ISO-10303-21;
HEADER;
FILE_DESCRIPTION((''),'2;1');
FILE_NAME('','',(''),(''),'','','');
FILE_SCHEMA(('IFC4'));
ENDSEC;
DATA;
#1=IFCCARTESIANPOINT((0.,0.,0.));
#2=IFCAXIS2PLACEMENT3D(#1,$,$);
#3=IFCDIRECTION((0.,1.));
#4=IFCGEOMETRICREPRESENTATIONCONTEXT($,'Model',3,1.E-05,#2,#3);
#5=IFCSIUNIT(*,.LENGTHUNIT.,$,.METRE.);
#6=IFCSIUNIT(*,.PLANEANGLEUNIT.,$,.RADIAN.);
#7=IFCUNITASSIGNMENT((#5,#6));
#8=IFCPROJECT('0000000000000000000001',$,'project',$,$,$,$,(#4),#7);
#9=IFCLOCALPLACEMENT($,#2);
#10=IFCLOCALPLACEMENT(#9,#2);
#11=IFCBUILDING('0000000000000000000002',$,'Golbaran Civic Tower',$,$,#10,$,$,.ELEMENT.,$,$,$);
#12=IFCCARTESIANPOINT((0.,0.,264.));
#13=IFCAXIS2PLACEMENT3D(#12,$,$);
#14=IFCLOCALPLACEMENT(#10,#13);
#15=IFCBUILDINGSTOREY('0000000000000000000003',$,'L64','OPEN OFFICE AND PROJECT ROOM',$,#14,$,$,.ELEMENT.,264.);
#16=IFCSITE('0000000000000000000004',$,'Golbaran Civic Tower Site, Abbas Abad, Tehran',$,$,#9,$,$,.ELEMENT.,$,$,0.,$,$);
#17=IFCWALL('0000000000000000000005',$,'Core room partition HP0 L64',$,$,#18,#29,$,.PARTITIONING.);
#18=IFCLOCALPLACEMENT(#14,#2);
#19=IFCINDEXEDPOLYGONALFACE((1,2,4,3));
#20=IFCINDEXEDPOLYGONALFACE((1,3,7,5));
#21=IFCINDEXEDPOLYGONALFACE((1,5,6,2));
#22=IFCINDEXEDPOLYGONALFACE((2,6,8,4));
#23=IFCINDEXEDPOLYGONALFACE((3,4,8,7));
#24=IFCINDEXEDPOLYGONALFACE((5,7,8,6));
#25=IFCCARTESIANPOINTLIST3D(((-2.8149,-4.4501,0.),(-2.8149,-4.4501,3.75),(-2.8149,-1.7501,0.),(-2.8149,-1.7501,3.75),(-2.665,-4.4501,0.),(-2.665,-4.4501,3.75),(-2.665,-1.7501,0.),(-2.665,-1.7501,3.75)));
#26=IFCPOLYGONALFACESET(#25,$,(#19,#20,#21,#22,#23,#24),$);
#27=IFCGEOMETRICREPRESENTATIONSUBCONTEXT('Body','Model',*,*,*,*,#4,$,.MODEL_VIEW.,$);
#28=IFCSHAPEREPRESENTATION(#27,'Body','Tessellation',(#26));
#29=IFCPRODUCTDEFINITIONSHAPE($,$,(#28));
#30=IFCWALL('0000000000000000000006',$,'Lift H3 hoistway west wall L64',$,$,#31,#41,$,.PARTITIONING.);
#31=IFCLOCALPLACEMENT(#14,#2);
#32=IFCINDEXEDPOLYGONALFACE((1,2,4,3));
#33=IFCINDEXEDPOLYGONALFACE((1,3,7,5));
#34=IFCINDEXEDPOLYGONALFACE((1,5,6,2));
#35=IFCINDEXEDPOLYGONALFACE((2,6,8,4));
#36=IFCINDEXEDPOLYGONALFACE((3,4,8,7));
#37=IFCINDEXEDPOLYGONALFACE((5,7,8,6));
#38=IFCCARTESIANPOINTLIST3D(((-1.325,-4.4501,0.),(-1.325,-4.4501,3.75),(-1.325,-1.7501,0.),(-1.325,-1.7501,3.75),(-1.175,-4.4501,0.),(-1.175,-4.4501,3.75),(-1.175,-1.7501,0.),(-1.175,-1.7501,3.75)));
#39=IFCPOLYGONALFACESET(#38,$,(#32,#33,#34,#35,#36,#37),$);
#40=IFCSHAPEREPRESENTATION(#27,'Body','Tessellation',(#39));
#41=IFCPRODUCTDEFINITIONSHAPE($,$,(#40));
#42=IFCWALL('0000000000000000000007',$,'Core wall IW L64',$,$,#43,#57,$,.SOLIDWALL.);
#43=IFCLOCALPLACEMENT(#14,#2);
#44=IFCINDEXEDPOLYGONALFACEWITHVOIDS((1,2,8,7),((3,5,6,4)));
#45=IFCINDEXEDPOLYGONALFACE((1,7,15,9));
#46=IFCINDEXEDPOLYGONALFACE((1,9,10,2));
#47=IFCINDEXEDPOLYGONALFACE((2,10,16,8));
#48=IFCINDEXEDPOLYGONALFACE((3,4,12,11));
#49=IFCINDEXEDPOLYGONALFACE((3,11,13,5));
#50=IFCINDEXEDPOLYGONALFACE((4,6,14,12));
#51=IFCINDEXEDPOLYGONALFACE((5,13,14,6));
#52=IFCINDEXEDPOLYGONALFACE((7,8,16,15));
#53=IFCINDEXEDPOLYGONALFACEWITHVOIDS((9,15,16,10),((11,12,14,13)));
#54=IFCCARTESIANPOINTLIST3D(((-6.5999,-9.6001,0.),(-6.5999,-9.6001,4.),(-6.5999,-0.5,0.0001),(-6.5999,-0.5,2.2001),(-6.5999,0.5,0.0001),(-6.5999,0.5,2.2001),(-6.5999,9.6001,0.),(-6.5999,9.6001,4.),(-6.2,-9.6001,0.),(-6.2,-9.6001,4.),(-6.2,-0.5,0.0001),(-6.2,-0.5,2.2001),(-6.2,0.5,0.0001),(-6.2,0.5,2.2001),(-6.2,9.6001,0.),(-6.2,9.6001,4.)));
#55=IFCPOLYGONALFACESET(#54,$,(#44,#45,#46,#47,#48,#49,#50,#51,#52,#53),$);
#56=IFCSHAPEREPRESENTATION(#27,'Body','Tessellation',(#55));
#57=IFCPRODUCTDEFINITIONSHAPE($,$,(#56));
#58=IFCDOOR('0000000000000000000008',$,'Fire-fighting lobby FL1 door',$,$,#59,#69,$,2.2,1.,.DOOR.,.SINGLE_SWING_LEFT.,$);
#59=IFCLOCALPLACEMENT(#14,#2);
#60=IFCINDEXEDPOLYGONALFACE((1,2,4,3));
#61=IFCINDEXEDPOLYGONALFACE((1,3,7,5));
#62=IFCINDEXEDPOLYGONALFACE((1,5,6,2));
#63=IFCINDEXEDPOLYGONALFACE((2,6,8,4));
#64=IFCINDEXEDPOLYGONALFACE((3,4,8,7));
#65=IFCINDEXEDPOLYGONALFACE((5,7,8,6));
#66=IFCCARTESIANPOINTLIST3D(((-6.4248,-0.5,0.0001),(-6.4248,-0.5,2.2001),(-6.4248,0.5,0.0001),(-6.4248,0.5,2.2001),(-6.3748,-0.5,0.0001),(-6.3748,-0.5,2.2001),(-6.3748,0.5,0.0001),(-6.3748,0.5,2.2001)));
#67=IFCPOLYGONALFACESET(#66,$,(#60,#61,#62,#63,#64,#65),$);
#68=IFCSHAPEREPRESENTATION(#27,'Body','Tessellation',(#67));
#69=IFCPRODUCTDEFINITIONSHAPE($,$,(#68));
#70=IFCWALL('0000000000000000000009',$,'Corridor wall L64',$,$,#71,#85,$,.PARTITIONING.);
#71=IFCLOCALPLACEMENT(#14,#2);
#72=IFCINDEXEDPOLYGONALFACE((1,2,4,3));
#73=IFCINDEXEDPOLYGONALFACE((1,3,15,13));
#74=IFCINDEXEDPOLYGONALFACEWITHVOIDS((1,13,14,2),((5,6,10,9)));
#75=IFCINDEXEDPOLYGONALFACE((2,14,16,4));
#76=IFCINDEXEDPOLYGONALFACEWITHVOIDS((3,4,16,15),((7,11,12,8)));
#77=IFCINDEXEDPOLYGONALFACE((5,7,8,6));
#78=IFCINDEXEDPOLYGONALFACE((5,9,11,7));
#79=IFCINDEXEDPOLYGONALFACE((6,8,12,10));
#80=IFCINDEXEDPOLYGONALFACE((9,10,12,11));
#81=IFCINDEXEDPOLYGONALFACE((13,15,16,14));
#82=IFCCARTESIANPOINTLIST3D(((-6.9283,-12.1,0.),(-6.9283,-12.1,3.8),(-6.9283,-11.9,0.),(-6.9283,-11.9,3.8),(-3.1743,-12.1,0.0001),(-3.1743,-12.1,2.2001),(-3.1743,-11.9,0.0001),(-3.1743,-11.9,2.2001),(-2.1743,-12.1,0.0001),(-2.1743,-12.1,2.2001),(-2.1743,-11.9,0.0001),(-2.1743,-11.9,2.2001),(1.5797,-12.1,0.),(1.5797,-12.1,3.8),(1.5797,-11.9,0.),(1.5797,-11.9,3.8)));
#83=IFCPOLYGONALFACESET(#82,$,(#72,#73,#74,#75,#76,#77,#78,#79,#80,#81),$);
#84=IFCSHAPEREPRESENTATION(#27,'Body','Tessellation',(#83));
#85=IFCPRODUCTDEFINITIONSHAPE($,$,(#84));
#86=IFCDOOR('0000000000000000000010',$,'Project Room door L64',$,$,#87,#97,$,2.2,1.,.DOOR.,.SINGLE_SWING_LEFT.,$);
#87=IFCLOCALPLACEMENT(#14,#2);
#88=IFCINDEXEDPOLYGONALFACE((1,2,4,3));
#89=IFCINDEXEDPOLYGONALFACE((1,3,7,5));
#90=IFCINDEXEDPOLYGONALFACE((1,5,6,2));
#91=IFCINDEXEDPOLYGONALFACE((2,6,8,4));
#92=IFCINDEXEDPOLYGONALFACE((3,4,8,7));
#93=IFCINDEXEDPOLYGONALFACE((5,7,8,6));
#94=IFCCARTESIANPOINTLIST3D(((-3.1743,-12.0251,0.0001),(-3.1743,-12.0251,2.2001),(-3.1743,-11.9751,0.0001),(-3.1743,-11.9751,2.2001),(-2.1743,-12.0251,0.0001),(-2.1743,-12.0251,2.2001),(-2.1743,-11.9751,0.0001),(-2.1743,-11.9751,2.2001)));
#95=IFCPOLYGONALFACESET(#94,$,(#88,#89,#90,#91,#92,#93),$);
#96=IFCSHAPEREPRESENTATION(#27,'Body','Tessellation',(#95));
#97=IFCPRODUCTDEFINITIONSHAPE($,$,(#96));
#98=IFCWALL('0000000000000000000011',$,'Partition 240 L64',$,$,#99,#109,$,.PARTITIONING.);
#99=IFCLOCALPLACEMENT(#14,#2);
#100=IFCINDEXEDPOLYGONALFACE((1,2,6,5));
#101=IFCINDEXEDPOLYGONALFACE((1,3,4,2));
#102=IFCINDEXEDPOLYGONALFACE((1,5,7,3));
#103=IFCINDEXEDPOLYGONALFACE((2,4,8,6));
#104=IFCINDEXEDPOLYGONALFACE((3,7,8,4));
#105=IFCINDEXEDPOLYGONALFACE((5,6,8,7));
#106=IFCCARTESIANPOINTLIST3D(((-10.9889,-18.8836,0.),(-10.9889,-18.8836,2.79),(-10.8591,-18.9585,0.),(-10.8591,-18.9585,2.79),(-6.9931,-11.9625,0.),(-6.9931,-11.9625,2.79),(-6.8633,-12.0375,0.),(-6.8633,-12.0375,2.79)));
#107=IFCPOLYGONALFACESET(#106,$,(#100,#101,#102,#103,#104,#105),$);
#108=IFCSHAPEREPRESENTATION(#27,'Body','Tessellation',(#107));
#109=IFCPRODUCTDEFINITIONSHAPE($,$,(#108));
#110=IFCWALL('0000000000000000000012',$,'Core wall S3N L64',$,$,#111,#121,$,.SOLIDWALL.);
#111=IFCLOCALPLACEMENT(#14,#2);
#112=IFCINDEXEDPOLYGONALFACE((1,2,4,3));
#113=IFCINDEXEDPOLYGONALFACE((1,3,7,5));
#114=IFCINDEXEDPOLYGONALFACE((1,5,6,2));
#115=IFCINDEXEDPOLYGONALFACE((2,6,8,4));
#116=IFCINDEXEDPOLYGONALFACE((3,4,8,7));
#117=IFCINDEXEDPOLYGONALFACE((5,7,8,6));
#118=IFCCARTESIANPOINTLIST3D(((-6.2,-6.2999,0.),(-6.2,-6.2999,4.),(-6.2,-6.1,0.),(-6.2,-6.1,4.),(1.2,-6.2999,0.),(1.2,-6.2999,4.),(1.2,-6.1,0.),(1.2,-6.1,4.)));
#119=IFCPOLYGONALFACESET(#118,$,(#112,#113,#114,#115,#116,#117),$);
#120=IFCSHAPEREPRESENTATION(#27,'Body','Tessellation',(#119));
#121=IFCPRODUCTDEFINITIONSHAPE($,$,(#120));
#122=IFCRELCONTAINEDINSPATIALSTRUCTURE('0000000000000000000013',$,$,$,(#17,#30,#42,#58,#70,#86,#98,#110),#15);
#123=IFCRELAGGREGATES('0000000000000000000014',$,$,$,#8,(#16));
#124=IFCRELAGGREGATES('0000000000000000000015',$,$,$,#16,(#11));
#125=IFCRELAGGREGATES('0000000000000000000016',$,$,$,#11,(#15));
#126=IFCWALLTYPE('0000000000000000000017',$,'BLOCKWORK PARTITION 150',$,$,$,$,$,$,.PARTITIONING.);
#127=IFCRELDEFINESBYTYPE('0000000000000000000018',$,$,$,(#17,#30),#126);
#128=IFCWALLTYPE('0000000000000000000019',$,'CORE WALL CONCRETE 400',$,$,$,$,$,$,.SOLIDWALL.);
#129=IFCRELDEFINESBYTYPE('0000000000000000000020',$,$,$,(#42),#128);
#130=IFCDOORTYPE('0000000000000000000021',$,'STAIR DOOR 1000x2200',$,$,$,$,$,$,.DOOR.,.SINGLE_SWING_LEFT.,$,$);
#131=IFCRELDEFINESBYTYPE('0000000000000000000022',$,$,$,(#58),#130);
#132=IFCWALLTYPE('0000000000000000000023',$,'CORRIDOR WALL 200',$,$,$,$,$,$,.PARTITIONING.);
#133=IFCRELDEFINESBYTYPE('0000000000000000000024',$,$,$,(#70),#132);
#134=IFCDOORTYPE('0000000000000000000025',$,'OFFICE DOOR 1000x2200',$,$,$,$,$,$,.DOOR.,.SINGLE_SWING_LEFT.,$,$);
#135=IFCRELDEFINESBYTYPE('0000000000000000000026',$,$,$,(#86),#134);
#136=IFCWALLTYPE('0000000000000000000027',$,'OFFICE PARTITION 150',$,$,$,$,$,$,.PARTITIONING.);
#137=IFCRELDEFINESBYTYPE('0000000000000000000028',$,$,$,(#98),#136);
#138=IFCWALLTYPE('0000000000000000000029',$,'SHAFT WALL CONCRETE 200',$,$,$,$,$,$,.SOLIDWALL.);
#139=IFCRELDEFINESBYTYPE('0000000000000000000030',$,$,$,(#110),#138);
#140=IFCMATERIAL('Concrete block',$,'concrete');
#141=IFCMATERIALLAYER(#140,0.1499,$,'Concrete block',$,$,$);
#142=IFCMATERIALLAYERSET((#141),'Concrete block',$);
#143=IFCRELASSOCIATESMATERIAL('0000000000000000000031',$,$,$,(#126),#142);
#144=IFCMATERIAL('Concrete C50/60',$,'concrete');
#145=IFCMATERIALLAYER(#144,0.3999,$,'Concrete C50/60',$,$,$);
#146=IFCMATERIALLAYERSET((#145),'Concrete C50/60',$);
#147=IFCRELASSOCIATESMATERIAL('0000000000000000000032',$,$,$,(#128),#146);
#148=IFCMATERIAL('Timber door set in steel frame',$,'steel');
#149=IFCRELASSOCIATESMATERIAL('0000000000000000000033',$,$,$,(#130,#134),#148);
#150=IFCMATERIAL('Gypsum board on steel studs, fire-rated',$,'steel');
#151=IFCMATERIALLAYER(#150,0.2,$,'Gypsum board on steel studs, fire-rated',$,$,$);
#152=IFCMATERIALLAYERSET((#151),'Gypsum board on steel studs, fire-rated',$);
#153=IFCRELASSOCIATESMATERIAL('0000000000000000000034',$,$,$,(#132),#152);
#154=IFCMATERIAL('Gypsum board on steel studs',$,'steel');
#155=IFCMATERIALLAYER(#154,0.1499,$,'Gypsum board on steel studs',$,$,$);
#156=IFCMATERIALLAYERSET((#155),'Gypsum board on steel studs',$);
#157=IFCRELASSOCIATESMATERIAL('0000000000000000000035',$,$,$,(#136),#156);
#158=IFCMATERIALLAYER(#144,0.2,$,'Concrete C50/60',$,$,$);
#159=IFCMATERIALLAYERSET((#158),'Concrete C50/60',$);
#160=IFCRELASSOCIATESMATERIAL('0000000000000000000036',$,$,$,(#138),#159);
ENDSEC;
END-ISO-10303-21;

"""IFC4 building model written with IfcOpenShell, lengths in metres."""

from ifc_helpers import new_model, si_unit, direction, frame, frame_2d, origin, place, context, subcontext, project, spatial, rectangle, extrude, material, layer, layer_set, type_object, element, fill, save


model = new_model("IFC4")

# Units and contexts
model_context = context("Model", 3, precision=1e-05, world=origin(), true_north=direction((0.0, 1.0)))
body_context = subcontext(model_context, "Body", "Model", "MODEL_VIEW")
ifc_project = project(units=[si_unit("LENGTHUNIT", "METRE"), si_unit("PLANEANGLEUNIT", "RADIAN")], contexts=[model_context])

# Site, building, storey
site_placement = place(None, origin())
site = spatial("IfcSite", under=ifc_project, at=site_placement, Name="Golbaran Civic Tower Site, Abbas Abad, Tehran", CompositionType="ELEMENT", RefElevation=0.0)
building_placement = place(site_placement, origin())
building = spatial("IfcBuilding", under=site, at=building_placement, Name="Golbaran Civic Tower", CompositionType="ELEMENT")
storey_placement = place(building_placement, frame((0.0, 0.0, 264.0)))
storey = spatial("IfcBuildingStorey", under=building, at=storey_placement, Name="L64", Description="OPEN OFFICE AND PROJECT ROOM", CompositionType="ELEMENT", Elevation=264.0)

# Walls
ifc_material_1 = material(Name="Concrete block", Category="concrete")
ifc_layer_1 = layer(ifc_material_1, 0.1499, Name="Concrete block")
ifc_layer_set_1 = layer_set([ifc_layer_1], Name="Concrete block")
wall_type_1 = type_object("IfcWallType", Name="BLOCKWORK PARTITION 150", PredefinedType="PARTITIONING", material=ifc_layer_set_1)
for number, where, z_axis, x_axis, name in (
    (1, (-2.74, -1.75, 0.0), (0.0, 0.0, 1.0), (0.0, -1.0, 0.0), "Core room partition HP0 L64"),
    (2, (-1.25, -1.75, 0.0), (0.0, 0.0, 1.0), (0.0, -1.0, 0.0), "Lift H3 hoistway west wall L64"),
):
    element("IfcWall", number, at=place(storey_placement, frame(where, z_axis=z_axis, x_axis=x_axis)), inside=storey, type_object=wall_type_1, Name=name, PredefinedType="PARTITIONING", context=body_context, shape_type="SweptSolid", body=[
        extrude(rectangle(XDim=2.7, YDim=0.1499, at=frame_2d((1.3501, 0.0))), origin(), (0.0, 0.0, 1.0), 3.75),
    ])

# Walls, openings, doors
ifc_material_2 = material(Name="Concrete C50/60", Category="concrete")
ifc_layer_2 = layer(ifc_material_2, 0.3999, Name="Concrete C50/60")
ifc_layer_set_2 = layer_set([ifc_layer_2], Name="Concrete C50/60")
wall_type_2 = type_object("IfcWallType", Name="CORE WALL CONCRETE 400", PredefinedType="SOLIDWALL", material=ifc_layer_set_2)
wall_1_placement = place(storey_placement, frame((-6.3999, -9.6001, 0.0), z_axis=(0.0, 0.0, 1.0), x_axis=(0.0, 1.0, 0.0)))
wall_1 = element("IfcWall", 3, at=wall_1_placement, inside=storey, type_object=wall_type_2, Name="Core wall IW L64", PredefinedType="SOLIDWALL", context=body_context, shape_type="SweptSolid", body=[
    extrude(rectangle(XDim=19.2002, YDim=0.3999, at=frame_2d((9.6001, 0.0))), origin(), (0.0, 0.0, 1.0), 4.0),
])
opening_1_placement = place(wall_1_placement, frame((9.1001, 0.0, 0.0)))
opening_1 = element("IfcOpeningElement", 4, at=opening_1_placement, cuts=wall_1, PredefinedType="OPENING", context=body_context, shape_type="SweptSolid", body=[
    extrude(rectangle(XDim=1.0, YDim=2.2, at=frame_2d((0.5, 1.1001))), frame((0.0, 0.21, 0.0), z_axis=(0.0, -1.0, 0.0), x_axis=(1.0, 0.0, 0.0)), (0.0, 0.0, 1.0), 0.4199),
])
ifc_material_3 = material(Name="Timber door set in steel frame", Category="steel")
door_type_1 = type_object("IfcDoorType", Name="STAIR DOOR 1000x2200", OperationType="SINGLE_SWING_LEFT", PredefinedType="DOOR", material=ifc_material_3)
door_1_placement = place(opening_1_placement, origin())
door_1 = element("IfcDoor", 5, at=door_1_placement, inside=storey, type_object=door_type_1, Name="Fire-fighting lobby FL1 door", OperationType="SINGLE_SWING_LEFT", OverallHeight=2.2, OverallWidth=1.0, PredefinedType="DOOR", context=body_context, shape_type="SweptSolid", body=[
    extrude(rectangle(XDim=1.0, YDim=2.2, at=frame_2d((0.5, 1.1001))), frame((0.0, 0.0249, 0.0), z_axis=(0.0, -1.0, 0.0), x_axis=(1.0, 0.0, 0.0)), (0.0, 0.0, 1.0), 0.05),
])
fill(opening_1, door_1)
ifc_material_4 = material(Name="Gypsum board on steel studs, fire-rated", Category="steel")
ifc_layer_3 = layer(ifc_material_4, 0.2, Name="Gypsum board on steel studs, fire-rated")
ifc_layer_set_3 = layer_set([ifc_layer_3], Name="Gypsum board on steel studs, fire-rated")
wall_type_3 = type_object("IfcWallType", Name="CORRIDOR WALL 200", PredefinedType="PARTITIONING", material=ifc_layer_set_3)
wall_2_placement = place(storey_placement, frame((-6.9282, -12.0, 0.0), z_axis=(0.0, 0.0, 1.0), x_axis=(1.0, 0.0, 0.0)))
wall_2 = element("IfcWall", 6, at=wall_2_placement, inside=storey, type_object=wall_type_3, Name="Corridor wall L64", PredefinedType="PARTITIONING", context=body_context, shape_type="SweptSolid", body=[
    extrude(rectangle(XDim=8.5081, YDim=0.2, at=frame_2d((4.2539, 0.0))), origin(), (0.0, 0.0, 1.0), 3.8),
])
opening_2_placement = place(wall_2_placement, frame((3.7539, 0.0, 0.0)))
opening_2 = element("IfcOpeningElement", 7, at=opening_2_placement, cuts=wall_2, PredefinedType="OPENING", context=body_context, shape_type="SweptSolid", body=[
    extrude(rectangle(XDim=1.0, YDim=2.2, at=frame_2d((0.5, 1.1001))), frame((0.0, 0.1099, 0.0), z_axis=(0.0, -1.0, 0.0), x_axis=(1.0, 0.0, 0.0)), (0.0, 0.0, 1.0), 0.22),
])
door_type_2 = type_object("IfcDoorType", Name="OFFICE DOOR 1000x2200", OperationType="SINGLE_SWING_LEFT", PredefinedType="DOOR", material=ifc_material_3)
door_2_placement = place(opening_2_placement, origin())
door_2 = element("IfcDoor", 8, at=door_2_placement, inside=storey, type_object=door_type_2, Name="Project Room door L64", OperationType="SINGLE_SWING_LEFT", OverallHeight=2.2, OverallWidth=1.0, PredefinedType="DOOR", context=body_context, shape_type="SweptSolid", body=[
    extrude(rectangle(XDim=1.0, YDim=2.2, at=frame_2d((0.5, 1.1001))), frame((0.0, 0.0249, 0.0), z_axis=(0.0, -1.0, 0.0), x_axis=(1.0, 0.0, 0.0)), (0.0, 0.0, 1.0), 0.05),
])
fill(opening_2, door_2)

# Walls
ifc_material_5 = material(Name="Gypsum board on steel studs", Category="steel")
ifc_layer_4 = layer(ifc_material_5, 0.1499, Name="Gypsum board on steel studs")
ifc_layer_set_4 = layer_set([ifc_layer_4], Name="Gypsum board on steel studs")
wall_type_4 = type_object("IfcWallType", Name="OFFICE PARTITION 150", PredefinedType="PARTITIONING", material=ifc_layer_set_4)
wall_3_placement = place(storey_placement, frame((-6.9282, -12.0, 0.0), z_axis=(0.0, 0.0, 1.0), x_axis=(-0.499993, -0.866029, 0.0)))
element("IfcWall", 9, at=wall_3_placement, inside=storey, type_object=wall_type_4, Name="Partition 240 L64", PredefinedType="PARTITIONING", context=body_context, shape_type="SweptSolid", body=[
    extrude(rectangle(XDim=7.9917, YDim=0.1499, at=frame_2d((3.9958, 0.0))), origin(), (0.0, 0.0, 1.0), 2.79),
])
ifc_layer_5 = layer(ifc_material_2, 0.2, Name="Concrete C50/60")
ifc_layer_set_5 = layer_set([ifc_layer_5], Name="Concrete C50/60")
wall_type_5 = type_object("IfcWallType", Name="SHAFT WALL CONCRETE 200", PredefinedType="SOLIDWALL", material=ifc_layer_set_5)
wall_4_placement = place(storey_placement, frame((-6.2, -6.2, 0.0), z_axis=(0.0, 0.0, 1.0), x_axis=(1.0, 0.0, 0.0)))
element("IfcWall", 10, at=wall_4_placement, inside=storey, type_object=wall_type_5, Name="Core wall S3N L64", PredefinedType="SOLIDWALL", context=body_context, shape_type="SweptSolid", body=[
    extrude(rectangle(XDim=7.3999, YDim=0.2, at=frame_2d((3.7, 0.0))), origin(), (0.0, 0.0, 1.0), 4.0),
])

save(model, "model.ifc")
